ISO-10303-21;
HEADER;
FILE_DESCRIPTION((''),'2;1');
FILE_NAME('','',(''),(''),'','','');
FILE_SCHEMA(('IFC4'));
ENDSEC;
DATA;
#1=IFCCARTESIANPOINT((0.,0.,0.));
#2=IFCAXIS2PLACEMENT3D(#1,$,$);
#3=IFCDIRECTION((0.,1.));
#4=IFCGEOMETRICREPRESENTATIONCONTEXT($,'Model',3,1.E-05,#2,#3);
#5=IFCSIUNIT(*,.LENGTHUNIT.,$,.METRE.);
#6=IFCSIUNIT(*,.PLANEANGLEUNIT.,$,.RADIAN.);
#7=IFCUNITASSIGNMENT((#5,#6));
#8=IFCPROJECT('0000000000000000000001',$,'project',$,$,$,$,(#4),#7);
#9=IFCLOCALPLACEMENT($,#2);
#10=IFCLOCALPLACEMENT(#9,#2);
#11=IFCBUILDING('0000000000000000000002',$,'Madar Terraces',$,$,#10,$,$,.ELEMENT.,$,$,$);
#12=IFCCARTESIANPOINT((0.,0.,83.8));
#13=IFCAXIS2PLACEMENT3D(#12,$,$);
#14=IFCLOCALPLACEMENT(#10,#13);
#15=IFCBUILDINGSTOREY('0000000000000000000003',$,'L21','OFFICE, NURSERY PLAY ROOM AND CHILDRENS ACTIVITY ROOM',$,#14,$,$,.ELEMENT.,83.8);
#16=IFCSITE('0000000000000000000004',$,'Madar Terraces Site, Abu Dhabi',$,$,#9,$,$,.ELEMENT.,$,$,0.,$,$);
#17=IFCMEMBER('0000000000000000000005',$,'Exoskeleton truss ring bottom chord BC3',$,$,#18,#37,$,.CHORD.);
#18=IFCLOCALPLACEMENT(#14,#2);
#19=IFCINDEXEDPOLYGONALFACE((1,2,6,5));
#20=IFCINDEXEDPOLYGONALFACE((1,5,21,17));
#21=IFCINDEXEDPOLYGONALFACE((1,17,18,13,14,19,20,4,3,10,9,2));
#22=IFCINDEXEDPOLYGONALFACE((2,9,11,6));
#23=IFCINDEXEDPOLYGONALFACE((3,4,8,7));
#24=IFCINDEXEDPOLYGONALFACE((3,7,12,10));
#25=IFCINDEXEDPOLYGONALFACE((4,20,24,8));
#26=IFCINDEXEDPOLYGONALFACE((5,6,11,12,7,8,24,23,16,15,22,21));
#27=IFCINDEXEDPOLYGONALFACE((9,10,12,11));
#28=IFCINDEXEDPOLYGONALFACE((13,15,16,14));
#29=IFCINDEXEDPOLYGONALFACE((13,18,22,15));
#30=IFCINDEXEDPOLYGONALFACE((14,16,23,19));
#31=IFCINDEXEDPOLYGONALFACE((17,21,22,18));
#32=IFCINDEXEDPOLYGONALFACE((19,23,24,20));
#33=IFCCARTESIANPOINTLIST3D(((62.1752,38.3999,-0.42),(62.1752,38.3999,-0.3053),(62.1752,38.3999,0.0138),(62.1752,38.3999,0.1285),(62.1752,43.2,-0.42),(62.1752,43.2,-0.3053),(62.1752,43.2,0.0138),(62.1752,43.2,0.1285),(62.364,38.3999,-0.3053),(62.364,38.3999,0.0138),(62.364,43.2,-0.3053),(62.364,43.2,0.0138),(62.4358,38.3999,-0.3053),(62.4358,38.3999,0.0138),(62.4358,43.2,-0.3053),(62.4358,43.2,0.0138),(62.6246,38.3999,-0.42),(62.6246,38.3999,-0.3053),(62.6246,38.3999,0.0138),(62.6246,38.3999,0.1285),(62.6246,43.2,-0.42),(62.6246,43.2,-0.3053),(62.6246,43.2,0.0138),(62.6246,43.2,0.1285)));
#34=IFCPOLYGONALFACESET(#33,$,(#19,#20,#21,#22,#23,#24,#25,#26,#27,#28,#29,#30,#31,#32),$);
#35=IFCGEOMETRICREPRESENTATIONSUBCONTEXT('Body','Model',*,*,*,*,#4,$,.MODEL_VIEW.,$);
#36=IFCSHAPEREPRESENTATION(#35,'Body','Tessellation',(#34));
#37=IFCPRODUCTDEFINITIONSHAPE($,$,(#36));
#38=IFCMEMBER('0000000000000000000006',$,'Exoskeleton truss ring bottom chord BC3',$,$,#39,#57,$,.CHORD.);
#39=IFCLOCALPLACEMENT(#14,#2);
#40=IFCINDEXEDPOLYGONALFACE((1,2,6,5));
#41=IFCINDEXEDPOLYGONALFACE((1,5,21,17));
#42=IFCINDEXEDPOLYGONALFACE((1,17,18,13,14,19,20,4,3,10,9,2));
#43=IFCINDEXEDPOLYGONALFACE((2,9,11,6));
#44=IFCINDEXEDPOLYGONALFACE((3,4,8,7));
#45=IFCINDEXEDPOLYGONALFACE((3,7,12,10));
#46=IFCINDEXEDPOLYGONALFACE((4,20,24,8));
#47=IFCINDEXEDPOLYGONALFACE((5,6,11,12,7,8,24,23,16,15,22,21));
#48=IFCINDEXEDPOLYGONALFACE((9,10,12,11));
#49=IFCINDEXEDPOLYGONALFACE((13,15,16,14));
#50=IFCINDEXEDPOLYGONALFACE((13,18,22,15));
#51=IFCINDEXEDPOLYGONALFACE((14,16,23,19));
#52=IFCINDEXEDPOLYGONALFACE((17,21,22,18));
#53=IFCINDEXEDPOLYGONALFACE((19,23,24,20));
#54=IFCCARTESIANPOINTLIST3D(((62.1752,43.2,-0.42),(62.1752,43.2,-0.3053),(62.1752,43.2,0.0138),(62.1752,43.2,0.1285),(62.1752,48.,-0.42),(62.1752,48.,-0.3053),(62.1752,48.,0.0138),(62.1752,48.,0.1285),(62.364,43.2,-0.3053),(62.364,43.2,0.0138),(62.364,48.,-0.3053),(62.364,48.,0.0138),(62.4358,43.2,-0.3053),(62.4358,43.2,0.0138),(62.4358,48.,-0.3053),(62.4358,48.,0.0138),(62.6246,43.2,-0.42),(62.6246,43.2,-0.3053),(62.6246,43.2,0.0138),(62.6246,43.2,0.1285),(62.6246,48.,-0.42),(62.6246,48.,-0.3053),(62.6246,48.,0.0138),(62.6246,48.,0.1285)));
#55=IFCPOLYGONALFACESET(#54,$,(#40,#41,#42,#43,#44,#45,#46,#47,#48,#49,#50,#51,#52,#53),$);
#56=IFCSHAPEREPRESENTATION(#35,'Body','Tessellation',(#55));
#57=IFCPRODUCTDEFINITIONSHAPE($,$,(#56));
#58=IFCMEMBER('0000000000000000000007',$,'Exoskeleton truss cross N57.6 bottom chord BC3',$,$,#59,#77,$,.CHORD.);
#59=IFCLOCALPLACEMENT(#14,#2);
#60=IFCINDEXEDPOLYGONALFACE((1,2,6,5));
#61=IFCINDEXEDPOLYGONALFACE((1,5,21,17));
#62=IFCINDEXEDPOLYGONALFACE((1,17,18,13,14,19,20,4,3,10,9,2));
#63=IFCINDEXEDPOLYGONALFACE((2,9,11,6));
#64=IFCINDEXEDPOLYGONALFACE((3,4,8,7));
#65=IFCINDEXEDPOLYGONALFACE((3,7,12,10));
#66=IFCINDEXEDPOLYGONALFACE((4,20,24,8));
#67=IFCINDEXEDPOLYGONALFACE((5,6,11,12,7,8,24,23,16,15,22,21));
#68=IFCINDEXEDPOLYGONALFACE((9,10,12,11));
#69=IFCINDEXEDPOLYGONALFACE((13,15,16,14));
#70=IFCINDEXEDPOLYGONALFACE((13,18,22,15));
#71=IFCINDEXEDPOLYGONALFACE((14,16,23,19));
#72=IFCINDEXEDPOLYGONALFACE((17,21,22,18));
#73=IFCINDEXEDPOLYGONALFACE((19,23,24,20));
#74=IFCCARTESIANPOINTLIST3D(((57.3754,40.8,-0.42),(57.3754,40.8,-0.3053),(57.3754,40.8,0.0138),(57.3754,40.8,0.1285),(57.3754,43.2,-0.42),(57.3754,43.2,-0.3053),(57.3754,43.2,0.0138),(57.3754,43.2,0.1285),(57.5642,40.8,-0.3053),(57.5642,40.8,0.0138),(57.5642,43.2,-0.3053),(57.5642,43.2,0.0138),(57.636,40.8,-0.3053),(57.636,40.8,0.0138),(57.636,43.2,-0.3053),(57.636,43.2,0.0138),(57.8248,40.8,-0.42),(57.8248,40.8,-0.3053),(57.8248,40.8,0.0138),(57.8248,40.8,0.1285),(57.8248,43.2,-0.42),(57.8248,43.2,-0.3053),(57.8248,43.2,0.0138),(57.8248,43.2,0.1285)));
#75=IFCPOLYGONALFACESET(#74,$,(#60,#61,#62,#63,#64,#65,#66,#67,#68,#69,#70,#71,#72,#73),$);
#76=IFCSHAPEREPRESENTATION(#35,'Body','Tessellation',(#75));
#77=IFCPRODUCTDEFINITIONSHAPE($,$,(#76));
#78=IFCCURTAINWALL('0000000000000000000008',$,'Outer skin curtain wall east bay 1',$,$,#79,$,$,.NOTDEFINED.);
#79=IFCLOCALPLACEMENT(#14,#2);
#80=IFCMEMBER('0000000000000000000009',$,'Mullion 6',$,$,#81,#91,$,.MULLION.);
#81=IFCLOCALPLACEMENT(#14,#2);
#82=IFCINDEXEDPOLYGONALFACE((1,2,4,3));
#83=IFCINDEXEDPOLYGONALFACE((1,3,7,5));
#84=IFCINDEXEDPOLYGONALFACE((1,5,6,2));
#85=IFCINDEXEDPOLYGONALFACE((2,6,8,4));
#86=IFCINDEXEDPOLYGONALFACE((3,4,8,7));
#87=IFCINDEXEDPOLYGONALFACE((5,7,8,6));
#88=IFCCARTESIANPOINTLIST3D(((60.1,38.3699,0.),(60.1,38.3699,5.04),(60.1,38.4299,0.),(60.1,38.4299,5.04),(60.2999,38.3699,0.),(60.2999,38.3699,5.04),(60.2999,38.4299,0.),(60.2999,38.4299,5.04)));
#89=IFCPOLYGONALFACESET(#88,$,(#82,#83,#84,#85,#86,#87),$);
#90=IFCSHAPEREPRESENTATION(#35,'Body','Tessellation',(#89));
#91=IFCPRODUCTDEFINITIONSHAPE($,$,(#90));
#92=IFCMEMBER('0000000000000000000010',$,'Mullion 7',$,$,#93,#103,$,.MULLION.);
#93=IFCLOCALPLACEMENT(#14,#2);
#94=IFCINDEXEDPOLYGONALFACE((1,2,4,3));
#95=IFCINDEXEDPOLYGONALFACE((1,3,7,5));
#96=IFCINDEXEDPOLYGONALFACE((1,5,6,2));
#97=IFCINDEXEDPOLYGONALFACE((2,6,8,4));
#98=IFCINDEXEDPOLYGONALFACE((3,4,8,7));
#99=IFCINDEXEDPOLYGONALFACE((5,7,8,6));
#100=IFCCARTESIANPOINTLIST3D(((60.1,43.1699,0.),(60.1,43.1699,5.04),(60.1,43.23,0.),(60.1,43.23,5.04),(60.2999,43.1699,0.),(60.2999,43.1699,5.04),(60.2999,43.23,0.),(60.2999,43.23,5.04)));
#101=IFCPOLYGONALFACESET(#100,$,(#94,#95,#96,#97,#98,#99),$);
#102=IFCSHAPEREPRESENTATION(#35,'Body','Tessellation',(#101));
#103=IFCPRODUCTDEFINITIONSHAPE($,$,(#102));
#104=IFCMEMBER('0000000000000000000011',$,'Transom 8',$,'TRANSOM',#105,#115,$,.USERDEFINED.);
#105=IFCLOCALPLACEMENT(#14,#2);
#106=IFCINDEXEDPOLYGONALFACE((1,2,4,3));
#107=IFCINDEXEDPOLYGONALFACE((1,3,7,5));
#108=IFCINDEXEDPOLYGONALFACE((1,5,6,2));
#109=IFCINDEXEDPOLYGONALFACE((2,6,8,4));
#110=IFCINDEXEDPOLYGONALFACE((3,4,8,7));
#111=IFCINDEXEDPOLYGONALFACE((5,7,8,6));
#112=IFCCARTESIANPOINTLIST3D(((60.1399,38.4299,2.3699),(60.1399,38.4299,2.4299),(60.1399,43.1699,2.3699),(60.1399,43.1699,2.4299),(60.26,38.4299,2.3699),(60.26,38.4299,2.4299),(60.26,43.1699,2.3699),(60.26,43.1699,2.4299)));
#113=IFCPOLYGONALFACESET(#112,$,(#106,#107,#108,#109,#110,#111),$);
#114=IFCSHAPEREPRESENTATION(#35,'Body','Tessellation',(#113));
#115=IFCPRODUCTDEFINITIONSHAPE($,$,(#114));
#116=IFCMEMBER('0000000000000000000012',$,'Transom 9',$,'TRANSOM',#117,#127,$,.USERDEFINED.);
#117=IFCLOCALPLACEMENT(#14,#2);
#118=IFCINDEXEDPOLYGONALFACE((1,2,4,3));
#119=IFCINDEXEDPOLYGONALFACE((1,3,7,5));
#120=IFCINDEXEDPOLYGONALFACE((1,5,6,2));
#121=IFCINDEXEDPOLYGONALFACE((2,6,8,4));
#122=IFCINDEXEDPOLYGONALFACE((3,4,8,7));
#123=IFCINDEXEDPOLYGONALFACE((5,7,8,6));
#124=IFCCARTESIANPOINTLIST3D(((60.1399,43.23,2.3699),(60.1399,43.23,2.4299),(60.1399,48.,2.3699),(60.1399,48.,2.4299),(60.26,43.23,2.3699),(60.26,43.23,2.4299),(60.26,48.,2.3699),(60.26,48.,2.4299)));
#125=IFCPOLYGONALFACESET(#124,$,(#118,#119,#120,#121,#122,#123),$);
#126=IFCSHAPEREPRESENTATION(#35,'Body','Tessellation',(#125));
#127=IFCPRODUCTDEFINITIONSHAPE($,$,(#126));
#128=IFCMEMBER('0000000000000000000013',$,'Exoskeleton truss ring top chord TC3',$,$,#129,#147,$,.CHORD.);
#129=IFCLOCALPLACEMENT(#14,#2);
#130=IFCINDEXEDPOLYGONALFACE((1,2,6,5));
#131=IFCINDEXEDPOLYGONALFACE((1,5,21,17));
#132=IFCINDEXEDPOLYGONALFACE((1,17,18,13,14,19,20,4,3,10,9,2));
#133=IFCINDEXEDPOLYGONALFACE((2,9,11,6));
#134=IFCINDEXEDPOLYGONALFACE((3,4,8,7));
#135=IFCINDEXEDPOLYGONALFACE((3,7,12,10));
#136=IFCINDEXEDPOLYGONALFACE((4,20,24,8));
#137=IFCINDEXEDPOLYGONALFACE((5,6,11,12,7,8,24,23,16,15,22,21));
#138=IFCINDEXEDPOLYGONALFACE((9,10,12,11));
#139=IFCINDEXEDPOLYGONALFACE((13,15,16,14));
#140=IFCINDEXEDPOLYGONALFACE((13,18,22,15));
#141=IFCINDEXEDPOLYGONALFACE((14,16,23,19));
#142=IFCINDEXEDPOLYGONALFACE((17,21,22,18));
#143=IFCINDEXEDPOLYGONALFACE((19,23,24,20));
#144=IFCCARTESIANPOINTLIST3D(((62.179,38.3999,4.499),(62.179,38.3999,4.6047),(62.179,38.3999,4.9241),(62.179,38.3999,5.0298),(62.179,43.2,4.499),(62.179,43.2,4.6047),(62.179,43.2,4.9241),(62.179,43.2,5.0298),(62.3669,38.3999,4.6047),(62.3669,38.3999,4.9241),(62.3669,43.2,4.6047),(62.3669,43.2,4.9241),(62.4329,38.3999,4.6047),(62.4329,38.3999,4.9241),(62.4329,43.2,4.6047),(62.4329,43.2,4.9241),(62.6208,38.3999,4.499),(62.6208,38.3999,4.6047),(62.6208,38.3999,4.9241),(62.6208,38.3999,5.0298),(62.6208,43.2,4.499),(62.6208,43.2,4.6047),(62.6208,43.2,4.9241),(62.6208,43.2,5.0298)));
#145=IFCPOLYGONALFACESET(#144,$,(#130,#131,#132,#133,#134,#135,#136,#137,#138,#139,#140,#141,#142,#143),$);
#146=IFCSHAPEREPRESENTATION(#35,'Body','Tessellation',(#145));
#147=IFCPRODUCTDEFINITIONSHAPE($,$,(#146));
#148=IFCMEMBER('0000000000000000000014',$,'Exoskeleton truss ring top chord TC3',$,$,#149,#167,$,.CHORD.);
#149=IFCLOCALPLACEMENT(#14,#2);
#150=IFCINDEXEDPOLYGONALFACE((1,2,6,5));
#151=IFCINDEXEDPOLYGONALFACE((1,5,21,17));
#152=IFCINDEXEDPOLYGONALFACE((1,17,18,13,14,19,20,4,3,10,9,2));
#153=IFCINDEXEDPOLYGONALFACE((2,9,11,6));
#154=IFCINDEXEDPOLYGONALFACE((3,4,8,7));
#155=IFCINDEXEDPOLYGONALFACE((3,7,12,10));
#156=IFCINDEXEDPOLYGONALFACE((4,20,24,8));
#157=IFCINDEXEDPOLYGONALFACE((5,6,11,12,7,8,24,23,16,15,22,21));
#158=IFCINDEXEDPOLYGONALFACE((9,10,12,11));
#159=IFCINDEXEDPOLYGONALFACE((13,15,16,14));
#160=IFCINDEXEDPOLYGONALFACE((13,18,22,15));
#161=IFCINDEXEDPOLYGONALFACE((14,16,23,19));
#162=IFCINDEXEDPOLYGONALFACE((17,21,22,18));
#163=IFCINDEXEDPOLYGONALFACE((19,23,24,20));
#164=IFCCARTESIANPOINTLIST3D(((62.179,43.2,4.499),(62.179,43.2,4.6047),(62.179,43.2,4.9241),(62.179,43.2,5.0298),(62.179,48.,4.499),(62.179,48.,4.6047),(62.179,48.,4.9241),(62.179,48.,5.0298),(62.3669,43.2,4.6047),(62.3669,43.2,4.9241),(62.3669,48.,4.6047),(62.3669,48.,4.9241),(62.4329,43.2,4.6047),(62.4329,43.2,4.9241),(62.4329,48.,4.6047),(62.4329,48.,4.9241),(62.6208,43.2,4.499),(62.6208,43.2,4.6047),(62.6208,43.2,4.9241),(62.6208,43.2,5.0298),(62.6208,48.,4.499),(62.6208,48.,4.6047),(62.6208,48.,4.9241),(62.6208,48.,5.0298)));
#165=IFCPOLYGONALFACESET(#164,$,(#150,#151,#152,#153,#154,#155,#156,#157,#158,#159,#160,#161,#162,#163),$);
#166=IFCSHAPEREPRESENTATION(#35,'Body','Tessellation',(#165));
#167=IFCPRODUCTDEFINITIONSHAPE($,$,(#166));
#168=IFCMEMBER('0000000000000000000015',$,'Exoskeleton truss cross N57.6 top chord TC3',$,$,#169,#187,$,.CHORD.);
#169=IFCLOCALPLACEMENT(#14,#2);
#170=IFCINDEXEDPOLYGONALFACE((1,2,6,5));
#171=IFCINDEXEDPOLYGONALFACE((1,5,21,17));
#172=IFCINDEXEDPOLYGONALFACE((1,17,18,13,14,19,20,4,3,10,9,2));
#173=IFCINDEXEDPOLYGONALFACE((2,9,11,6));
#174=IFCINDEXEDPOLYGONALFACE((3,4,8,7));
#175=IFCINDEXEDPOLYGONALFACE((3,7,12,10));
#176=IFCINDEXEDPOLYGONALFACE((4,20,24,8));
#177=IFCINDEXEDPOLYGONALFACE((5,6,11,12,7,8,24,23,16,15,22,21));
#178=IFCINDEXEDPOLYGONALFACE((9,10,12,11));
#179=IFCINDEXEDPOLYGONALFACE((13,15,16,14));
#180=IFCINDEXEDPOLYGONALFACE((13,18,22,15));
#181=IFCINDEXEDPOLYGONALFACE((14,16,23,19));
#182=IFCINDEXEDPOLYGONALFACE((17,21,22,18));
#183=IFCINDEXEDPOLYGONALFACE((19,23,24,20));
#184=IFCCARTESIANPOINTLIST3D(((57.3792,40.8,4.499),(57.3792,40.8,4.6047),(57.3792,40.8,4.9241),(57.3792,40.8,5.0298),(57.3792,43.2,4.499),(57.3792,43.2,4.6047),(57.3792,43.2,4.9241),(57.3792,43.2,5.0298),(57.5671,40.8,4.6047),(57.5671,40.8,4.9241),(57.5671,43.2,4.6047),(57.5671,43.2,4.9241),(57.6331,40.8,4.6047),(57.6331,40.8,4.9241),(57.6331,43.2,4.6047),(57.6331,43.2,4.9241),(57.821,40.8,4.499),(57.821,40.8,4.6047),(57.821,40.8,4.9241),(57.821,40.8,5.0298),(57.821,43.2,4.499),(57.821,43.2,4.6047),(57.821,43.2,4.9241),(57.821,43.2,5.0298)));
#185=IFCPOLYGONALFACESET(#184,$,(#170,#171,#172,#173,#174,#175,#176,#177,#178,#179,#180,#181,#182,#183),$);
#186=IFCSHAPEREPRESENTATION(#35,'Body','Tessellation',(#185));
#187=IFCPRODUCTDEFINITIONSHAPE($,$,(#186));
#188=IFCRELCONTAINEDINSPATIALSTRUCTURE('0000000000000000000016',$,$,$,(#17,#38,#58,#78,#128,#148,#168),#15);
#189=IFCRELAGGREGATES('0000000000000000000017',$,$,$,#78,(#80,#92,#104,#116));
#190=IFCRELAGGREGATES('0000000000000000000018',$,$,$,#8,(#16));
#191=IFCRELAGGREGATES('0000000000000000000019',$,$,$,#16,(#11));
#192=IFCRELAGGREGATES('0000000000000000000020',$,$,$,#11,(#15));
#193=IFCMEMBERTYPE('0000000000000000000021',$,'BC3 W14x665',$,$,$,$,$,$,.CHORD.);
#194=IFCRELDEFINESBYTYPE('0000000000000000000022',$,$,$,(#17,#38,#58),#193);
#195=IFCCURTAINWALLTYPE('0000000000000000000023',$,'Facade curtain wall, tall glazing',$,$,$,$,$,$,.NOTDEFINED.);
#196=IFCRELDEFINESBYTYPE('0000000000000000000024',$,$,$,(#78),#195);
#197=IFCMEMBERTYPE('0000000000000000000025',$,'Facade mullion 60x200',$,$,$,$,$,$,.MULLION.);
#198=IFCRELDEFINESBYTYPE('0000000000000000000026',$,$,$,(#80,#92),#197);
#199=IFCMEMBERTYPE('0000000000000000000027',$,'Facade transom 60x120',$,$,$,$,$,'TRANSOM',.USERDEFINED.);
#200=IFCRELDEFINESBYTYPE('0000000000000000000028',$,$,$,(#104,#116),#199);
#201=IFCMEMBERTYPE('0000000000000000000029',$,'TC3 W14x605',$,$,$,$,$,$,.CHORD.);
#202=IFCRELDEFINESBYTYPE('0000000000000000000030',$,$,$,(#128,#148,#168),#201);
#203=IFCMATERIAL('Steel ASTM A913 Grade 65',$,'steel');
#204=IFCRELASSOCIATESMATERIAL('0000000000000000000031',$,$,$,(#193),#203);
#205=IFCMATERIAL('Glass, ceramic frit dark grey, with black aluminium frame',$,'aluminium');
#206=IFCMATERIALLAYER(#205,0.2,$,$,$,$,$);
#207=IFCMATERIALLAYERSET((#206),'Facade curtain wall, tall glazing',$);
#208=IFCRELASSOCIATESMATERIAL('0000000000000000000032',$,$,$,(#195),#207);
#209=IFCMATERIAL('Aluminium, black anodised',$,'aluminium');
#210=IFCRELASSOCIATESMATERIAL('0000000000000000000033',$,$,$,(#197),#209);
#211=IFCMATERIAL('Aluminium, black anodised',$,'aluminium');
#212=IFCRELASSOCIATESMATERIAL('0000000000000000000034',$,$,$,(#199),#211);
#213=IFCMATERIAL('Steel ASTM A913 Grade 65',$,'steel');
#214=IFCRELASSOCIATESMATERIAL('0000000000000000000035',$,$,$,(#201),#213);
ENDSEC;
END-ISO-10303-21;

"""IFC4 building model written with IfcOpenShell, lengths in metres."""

from ifc_helpers import new_model, si_unit, direction, frame, origin, origin_2d, place, context, subcontext, project, spatial, rectangle, i_section, extrude, material, layer, layer_set, material_profile, profile_set, type_object, element, aggregate, save


model = new_model("IFC4")

# Units and contexts
model_context = context("Model", 3, precision=1e-05, world=origin(), true_north=direction((0.0, 1.0)))
body_context = subcontext(model_context, "Body", "Model", "MODEL_VIEW")
ifc_project = project(units=[si_unit("LENGTHUNIT", "METRE"), si_unit("PLANEANGLEUNIT", "RADIAN")], contexts=[model_context])

# Site, building, storey
site_placement = place(None, origin())
site = spatial("IfcSite", under=ifc_project, at=site_placement, Name="Madar Terraces Site, Abu Dhabi", CompositionType="ELEMENT", RefElevation=0.0)
building_placement = place(site_placement, origin())
building = spatial("IfcBuilding", under=site, at=building_placement, Name="Madar Terraces", CompositionType="ELEMENT")
storey_placement = place(building_placement, frame((0.0, 0.0, 83.8)))
storey = spatial("IfcBuildingStorey", under=building, at=storey_placement, Name="L21", Description="OFFICE, NURSERY PLAY ROOM AND CHILDRENS ACTIVITY ROOM", CompositionType="ELEMENT", Elevation=83.8)

# Members
ifc_material_1 = material(Name="Steel ASTM A913 Grade 65", Category="steel")
ifc_material_profile_1 = material_profile(ifc_material_1, i_section(OverallWidth=0.4495, OverallDepth=0.5486, WebThickness=0.0718, FlangeThickness=0.1147, at=origin_2d()), Name="W14x665")
ifc_profile_set_1 = profile_set([ifc_material_profile_1], Name="Steel ASTM A913 Grade 65")
member_type_1 = type_object("IfcMemberType", Name="BC3 W14x665", PredefinedType="CHORD", material=ifc_profile_set_1)
for number, where, z_axis, x_axis, name in (
    (1, (62.3999, 38.3999, -0.1458), (0.0, 1.0, 0.0), (-1.0, 0.0, 0.0), "Exoskeleton truss ring bottom chord BC3"),
    (2, (62.3999, 43.2, -0.1458), (0.0, 1.0, 0.0), (-1.0, 0.0, 0.0), "Exoskeleton truss ring bottom chord BC3"),
):
    element("IfcMember", number, at=place(storey_placement, frame(where, z_axis=z_axis, x_axis=x_axis)), inside=storey, type_object=member_type_1, Name=name, PredefinedType="CHORD", context=body_context, shape_type="SweptSolid", body=[
        extrude(i_section(OverallWidth=0.4495, OverallDepth=0.5486, WebThickness=0.0718, FlangeThickness=0.1147, at=origin_2d()), origin(), (0.0, 0.0, 1.0), 4.8),
    ])
member_1_placement = place(storey_placement, frame((57.6001, 43.2, -0.1458), z_axis=(0.0, -1.0, 0.0), x_axis=(1.0, 0.0, 0.0)))
element("IfcMember", 3, at=member_1_placement, inside=storey, type_object=member_type_1, Name="Exoskeleton truss cross N57.6 bottom chord BC3", PredefinedType="CHORD", context=body_context, shape_type="SweptSolid", body=[
    extrude(i_section(OverallWidth=0.4495, OverallDepth=0.5486, WebThickness=0.0718, FlangeThickness=0.1147, at=origin_2d()), origin(), (0.0, 0.0, 1.0), 2.3999),
])

# Curtain wall, members
ifc_material_2 = material(Name="Glass, ceramic frit dark grey, with black aluminium frame", Category="aluminium")
ifc_layer_1 = layer(ifc_material_2, 0.2)
ifc_layer_set_1 = layer_set([ifc_layer_1], Name="Facade curtain wall, tall glazing")
curtain_wall_type = type_object("IfcCurtainWallType", Name="Facade curtain wall, tall glazing", PredefinedType="NOTDEFINED", material=ifc_layer_set_1)
curtain_wall_placement = place(storey_placement, origin())
curtain_wall = element("IfcCurtainWall", 4, at=curtain_wall_placement, inside=storey, type_object=curtain_wall_type, Name="Outer skin curtain wall east bay 1", PredefinedType="NOTDEFINED")
ifc_material_3 = material(Name="Aluminium, black anodised", Category="aluminium")
ifc_material_profile_2 = material_profile(ifc_material_3, rectangle(XDim=0.2, YDim=0.0601, at=origin_2d()), Name="Facade mullion 60x200")
ifc_profile_set_2 = profile_set([ifc_material_profile_2], Name="Aluminium, black anodised")
member_type_2 = type_object("IfcMemberType", Name="Facade mullion 60x200", PredefinedType="MULLION", material=ifc_profile_set_2)
member_2_placement = place(storey_placement, frame((60.2, 38.3999, 0.0), z_axis=(0.0, 0.0, 1.0), x_axis=(-1.0, 0.0, 0.0)))
member_2 = element("IfcMember", 5, at=member_2_placement, type_object=member_type_2, Name="Mullion 6", PredefinedType="MULLION", context=body_context, shape_type="SweptSolid", body=[
    extrude(rectangle(XDim=0.2, YDim=0.0601, at=origin_2d()), origin(), (0.0, 0.0, 1.0), 5.04),
])
member_3_placement = place(storey_placement, frame((60.2, 43.2, 0.0), z_axis=(0.0, 0.0, 1.0), x_axis=(-1.0, 0.0, 0.0)))
member_3 = element("IfcMember", 6, at=member_3_placement, type_object=member_type_2, Name="Mullion 7", PredefinedType="MULLION", context=body_context, shape_type="SweptSolid", body=[
    extrude(rectangle(XDim=0.2, YDim=0.0601, at=origin_2d()), origin(), (0.0, 0.0, 1.0), 5.04),
])
ifc_material_4 = material(Name="Aluminium, black anodised", Category="aluminium")
ifc_material_profile_3 = material_profile(ifc_material_4, rectangle(XDim=0.1201, YDim=0.0601, at=origin_2d()), Name="Facade transom 60x120")
ifc_profile_set_3 = profile_set([ifc_material_profile_3], Name="Aluminium, black anodised")
member_type_3 = type_object("IfcMemberType", Name="Facade transom 60x120", ElementType="TRANSOM", PredefinedType="USERDEFINED", material=ifc_profile_set_3)
member_4_placement = place(storey_placement, frame((60.2, 38.4299, 2.3999), z_axis=(0.0, 1.0, 0.0), x_axis=(-1.0, 0.0, 0.0)))
member_4 = element("IfcMember", 7, at=member_4_placement, type_object=member_type_3, Name="Transom 8", ObjectType="TRANSOM", PredefinedType="USERDEFINED", context=body_context, shape_type="SweptSolid", body=[
    extrude(rectangle(XDim=0.1201, YDim=0.0601, at=origin_2d()), origin(), (0.0, 0.0, 1.0), 4.74),
])
member_5_placement = place(storey_placement, frame((60.2, 43.23, 2.3999), z_axis=(0.0, 1.0, 0.0), x_axis=(-1.0, 0.0, 0.0)))
member_5 = element("IfcMember", 8, at=member_5_placement, type_object=member_type_3, Name="Transom 9", ObjectType="TRANSOM", PredefinedType="USERDEFINED", context=body_context, shape_type="SweptSolid", body=[
    extrude(rectangle(XDim=0.1201, YDim=0.0601, at=origin_2d()), origin(), (0.0, 0.0, 1.0), 4.77),
])

# Members
ifc_material_5 = material(Name="Steel ASTM A913 Grade 65", Category="steel")
ifc_material_profile_4 = material_profile(ifc_material_5, i_section(OverallWidth=0.4419, OverallDepth=0.5308, WebThickness=0.0659, FlangeThickness=0.1057, at=origin_2d()), Name="W14x605")
ifc_profile_set_4 = profile_set([ifc_material_profile_4], Name="Steel ASTM A913 Grade 65")
member_type_4 = type_object("IfcMemberType", Name="TC3 W14x605", PredefinedType="CHORD", material=ifc_profile_set_4)
for number, where, z_axis, x_axis, name in (
    (9, (62.3999, 38.3999, 4.7644), (0.0, 1.0, 0.0), (-1.0, 0.0, 0.0), "Exoskeleton truss ring top chord TC3"),
    (10, (62.3999, 43.2, 4.7644), (0.0, 1.0, 0.0), (-1.0, 0.0, 0.0), "Exoskeleton truss ring top chord TC3"),
):
    element("IfcMember", number, at=place(storey_placement, frame(where, z_axis=z_axis, x_axis=x_axis)), inside=storey, type_object=member_type_4, Name=name, PredefinedType="CHORD", context=body_context, shape_type="SweptSolid", body=[
        extrude(i_section(OverallWidth=0.4419, OverallDepth=0.5308, WebThickness=0.0659, FlangeThickness=0.1057, at=origin_2d()), origin(), (0.0, 0.0, 1.0), 4.8),
    ])
member_6_placement = place(storey_placement, frame((57.6001, 43.2, 4.7644), z_axis=(0.0, -1.0, 0.0), x_axis=(1.0, 0.0, 0.0)))
element("IfcMember", 11, at=member_6_placement, inside=storey, type_object=member_type_4, Name="Exoskeleton truss cross N57.6 top chord TC3", PredefinedType="CHORD", context=body_context, shape_type="SweptSolid", body=[
    extrude(i_section(OverallWidth=0.4419, OverallDepth=0.5308, WebThickness=0.0659, FlangeThickness=0.1057, at=origin_2d()), origin(), (0.0, 0.0, 1.0), 2.3999),
])

aggregate(curtain_wall, [member_2, member_3, member_4, member_5])

save(model, "model.ifc")
